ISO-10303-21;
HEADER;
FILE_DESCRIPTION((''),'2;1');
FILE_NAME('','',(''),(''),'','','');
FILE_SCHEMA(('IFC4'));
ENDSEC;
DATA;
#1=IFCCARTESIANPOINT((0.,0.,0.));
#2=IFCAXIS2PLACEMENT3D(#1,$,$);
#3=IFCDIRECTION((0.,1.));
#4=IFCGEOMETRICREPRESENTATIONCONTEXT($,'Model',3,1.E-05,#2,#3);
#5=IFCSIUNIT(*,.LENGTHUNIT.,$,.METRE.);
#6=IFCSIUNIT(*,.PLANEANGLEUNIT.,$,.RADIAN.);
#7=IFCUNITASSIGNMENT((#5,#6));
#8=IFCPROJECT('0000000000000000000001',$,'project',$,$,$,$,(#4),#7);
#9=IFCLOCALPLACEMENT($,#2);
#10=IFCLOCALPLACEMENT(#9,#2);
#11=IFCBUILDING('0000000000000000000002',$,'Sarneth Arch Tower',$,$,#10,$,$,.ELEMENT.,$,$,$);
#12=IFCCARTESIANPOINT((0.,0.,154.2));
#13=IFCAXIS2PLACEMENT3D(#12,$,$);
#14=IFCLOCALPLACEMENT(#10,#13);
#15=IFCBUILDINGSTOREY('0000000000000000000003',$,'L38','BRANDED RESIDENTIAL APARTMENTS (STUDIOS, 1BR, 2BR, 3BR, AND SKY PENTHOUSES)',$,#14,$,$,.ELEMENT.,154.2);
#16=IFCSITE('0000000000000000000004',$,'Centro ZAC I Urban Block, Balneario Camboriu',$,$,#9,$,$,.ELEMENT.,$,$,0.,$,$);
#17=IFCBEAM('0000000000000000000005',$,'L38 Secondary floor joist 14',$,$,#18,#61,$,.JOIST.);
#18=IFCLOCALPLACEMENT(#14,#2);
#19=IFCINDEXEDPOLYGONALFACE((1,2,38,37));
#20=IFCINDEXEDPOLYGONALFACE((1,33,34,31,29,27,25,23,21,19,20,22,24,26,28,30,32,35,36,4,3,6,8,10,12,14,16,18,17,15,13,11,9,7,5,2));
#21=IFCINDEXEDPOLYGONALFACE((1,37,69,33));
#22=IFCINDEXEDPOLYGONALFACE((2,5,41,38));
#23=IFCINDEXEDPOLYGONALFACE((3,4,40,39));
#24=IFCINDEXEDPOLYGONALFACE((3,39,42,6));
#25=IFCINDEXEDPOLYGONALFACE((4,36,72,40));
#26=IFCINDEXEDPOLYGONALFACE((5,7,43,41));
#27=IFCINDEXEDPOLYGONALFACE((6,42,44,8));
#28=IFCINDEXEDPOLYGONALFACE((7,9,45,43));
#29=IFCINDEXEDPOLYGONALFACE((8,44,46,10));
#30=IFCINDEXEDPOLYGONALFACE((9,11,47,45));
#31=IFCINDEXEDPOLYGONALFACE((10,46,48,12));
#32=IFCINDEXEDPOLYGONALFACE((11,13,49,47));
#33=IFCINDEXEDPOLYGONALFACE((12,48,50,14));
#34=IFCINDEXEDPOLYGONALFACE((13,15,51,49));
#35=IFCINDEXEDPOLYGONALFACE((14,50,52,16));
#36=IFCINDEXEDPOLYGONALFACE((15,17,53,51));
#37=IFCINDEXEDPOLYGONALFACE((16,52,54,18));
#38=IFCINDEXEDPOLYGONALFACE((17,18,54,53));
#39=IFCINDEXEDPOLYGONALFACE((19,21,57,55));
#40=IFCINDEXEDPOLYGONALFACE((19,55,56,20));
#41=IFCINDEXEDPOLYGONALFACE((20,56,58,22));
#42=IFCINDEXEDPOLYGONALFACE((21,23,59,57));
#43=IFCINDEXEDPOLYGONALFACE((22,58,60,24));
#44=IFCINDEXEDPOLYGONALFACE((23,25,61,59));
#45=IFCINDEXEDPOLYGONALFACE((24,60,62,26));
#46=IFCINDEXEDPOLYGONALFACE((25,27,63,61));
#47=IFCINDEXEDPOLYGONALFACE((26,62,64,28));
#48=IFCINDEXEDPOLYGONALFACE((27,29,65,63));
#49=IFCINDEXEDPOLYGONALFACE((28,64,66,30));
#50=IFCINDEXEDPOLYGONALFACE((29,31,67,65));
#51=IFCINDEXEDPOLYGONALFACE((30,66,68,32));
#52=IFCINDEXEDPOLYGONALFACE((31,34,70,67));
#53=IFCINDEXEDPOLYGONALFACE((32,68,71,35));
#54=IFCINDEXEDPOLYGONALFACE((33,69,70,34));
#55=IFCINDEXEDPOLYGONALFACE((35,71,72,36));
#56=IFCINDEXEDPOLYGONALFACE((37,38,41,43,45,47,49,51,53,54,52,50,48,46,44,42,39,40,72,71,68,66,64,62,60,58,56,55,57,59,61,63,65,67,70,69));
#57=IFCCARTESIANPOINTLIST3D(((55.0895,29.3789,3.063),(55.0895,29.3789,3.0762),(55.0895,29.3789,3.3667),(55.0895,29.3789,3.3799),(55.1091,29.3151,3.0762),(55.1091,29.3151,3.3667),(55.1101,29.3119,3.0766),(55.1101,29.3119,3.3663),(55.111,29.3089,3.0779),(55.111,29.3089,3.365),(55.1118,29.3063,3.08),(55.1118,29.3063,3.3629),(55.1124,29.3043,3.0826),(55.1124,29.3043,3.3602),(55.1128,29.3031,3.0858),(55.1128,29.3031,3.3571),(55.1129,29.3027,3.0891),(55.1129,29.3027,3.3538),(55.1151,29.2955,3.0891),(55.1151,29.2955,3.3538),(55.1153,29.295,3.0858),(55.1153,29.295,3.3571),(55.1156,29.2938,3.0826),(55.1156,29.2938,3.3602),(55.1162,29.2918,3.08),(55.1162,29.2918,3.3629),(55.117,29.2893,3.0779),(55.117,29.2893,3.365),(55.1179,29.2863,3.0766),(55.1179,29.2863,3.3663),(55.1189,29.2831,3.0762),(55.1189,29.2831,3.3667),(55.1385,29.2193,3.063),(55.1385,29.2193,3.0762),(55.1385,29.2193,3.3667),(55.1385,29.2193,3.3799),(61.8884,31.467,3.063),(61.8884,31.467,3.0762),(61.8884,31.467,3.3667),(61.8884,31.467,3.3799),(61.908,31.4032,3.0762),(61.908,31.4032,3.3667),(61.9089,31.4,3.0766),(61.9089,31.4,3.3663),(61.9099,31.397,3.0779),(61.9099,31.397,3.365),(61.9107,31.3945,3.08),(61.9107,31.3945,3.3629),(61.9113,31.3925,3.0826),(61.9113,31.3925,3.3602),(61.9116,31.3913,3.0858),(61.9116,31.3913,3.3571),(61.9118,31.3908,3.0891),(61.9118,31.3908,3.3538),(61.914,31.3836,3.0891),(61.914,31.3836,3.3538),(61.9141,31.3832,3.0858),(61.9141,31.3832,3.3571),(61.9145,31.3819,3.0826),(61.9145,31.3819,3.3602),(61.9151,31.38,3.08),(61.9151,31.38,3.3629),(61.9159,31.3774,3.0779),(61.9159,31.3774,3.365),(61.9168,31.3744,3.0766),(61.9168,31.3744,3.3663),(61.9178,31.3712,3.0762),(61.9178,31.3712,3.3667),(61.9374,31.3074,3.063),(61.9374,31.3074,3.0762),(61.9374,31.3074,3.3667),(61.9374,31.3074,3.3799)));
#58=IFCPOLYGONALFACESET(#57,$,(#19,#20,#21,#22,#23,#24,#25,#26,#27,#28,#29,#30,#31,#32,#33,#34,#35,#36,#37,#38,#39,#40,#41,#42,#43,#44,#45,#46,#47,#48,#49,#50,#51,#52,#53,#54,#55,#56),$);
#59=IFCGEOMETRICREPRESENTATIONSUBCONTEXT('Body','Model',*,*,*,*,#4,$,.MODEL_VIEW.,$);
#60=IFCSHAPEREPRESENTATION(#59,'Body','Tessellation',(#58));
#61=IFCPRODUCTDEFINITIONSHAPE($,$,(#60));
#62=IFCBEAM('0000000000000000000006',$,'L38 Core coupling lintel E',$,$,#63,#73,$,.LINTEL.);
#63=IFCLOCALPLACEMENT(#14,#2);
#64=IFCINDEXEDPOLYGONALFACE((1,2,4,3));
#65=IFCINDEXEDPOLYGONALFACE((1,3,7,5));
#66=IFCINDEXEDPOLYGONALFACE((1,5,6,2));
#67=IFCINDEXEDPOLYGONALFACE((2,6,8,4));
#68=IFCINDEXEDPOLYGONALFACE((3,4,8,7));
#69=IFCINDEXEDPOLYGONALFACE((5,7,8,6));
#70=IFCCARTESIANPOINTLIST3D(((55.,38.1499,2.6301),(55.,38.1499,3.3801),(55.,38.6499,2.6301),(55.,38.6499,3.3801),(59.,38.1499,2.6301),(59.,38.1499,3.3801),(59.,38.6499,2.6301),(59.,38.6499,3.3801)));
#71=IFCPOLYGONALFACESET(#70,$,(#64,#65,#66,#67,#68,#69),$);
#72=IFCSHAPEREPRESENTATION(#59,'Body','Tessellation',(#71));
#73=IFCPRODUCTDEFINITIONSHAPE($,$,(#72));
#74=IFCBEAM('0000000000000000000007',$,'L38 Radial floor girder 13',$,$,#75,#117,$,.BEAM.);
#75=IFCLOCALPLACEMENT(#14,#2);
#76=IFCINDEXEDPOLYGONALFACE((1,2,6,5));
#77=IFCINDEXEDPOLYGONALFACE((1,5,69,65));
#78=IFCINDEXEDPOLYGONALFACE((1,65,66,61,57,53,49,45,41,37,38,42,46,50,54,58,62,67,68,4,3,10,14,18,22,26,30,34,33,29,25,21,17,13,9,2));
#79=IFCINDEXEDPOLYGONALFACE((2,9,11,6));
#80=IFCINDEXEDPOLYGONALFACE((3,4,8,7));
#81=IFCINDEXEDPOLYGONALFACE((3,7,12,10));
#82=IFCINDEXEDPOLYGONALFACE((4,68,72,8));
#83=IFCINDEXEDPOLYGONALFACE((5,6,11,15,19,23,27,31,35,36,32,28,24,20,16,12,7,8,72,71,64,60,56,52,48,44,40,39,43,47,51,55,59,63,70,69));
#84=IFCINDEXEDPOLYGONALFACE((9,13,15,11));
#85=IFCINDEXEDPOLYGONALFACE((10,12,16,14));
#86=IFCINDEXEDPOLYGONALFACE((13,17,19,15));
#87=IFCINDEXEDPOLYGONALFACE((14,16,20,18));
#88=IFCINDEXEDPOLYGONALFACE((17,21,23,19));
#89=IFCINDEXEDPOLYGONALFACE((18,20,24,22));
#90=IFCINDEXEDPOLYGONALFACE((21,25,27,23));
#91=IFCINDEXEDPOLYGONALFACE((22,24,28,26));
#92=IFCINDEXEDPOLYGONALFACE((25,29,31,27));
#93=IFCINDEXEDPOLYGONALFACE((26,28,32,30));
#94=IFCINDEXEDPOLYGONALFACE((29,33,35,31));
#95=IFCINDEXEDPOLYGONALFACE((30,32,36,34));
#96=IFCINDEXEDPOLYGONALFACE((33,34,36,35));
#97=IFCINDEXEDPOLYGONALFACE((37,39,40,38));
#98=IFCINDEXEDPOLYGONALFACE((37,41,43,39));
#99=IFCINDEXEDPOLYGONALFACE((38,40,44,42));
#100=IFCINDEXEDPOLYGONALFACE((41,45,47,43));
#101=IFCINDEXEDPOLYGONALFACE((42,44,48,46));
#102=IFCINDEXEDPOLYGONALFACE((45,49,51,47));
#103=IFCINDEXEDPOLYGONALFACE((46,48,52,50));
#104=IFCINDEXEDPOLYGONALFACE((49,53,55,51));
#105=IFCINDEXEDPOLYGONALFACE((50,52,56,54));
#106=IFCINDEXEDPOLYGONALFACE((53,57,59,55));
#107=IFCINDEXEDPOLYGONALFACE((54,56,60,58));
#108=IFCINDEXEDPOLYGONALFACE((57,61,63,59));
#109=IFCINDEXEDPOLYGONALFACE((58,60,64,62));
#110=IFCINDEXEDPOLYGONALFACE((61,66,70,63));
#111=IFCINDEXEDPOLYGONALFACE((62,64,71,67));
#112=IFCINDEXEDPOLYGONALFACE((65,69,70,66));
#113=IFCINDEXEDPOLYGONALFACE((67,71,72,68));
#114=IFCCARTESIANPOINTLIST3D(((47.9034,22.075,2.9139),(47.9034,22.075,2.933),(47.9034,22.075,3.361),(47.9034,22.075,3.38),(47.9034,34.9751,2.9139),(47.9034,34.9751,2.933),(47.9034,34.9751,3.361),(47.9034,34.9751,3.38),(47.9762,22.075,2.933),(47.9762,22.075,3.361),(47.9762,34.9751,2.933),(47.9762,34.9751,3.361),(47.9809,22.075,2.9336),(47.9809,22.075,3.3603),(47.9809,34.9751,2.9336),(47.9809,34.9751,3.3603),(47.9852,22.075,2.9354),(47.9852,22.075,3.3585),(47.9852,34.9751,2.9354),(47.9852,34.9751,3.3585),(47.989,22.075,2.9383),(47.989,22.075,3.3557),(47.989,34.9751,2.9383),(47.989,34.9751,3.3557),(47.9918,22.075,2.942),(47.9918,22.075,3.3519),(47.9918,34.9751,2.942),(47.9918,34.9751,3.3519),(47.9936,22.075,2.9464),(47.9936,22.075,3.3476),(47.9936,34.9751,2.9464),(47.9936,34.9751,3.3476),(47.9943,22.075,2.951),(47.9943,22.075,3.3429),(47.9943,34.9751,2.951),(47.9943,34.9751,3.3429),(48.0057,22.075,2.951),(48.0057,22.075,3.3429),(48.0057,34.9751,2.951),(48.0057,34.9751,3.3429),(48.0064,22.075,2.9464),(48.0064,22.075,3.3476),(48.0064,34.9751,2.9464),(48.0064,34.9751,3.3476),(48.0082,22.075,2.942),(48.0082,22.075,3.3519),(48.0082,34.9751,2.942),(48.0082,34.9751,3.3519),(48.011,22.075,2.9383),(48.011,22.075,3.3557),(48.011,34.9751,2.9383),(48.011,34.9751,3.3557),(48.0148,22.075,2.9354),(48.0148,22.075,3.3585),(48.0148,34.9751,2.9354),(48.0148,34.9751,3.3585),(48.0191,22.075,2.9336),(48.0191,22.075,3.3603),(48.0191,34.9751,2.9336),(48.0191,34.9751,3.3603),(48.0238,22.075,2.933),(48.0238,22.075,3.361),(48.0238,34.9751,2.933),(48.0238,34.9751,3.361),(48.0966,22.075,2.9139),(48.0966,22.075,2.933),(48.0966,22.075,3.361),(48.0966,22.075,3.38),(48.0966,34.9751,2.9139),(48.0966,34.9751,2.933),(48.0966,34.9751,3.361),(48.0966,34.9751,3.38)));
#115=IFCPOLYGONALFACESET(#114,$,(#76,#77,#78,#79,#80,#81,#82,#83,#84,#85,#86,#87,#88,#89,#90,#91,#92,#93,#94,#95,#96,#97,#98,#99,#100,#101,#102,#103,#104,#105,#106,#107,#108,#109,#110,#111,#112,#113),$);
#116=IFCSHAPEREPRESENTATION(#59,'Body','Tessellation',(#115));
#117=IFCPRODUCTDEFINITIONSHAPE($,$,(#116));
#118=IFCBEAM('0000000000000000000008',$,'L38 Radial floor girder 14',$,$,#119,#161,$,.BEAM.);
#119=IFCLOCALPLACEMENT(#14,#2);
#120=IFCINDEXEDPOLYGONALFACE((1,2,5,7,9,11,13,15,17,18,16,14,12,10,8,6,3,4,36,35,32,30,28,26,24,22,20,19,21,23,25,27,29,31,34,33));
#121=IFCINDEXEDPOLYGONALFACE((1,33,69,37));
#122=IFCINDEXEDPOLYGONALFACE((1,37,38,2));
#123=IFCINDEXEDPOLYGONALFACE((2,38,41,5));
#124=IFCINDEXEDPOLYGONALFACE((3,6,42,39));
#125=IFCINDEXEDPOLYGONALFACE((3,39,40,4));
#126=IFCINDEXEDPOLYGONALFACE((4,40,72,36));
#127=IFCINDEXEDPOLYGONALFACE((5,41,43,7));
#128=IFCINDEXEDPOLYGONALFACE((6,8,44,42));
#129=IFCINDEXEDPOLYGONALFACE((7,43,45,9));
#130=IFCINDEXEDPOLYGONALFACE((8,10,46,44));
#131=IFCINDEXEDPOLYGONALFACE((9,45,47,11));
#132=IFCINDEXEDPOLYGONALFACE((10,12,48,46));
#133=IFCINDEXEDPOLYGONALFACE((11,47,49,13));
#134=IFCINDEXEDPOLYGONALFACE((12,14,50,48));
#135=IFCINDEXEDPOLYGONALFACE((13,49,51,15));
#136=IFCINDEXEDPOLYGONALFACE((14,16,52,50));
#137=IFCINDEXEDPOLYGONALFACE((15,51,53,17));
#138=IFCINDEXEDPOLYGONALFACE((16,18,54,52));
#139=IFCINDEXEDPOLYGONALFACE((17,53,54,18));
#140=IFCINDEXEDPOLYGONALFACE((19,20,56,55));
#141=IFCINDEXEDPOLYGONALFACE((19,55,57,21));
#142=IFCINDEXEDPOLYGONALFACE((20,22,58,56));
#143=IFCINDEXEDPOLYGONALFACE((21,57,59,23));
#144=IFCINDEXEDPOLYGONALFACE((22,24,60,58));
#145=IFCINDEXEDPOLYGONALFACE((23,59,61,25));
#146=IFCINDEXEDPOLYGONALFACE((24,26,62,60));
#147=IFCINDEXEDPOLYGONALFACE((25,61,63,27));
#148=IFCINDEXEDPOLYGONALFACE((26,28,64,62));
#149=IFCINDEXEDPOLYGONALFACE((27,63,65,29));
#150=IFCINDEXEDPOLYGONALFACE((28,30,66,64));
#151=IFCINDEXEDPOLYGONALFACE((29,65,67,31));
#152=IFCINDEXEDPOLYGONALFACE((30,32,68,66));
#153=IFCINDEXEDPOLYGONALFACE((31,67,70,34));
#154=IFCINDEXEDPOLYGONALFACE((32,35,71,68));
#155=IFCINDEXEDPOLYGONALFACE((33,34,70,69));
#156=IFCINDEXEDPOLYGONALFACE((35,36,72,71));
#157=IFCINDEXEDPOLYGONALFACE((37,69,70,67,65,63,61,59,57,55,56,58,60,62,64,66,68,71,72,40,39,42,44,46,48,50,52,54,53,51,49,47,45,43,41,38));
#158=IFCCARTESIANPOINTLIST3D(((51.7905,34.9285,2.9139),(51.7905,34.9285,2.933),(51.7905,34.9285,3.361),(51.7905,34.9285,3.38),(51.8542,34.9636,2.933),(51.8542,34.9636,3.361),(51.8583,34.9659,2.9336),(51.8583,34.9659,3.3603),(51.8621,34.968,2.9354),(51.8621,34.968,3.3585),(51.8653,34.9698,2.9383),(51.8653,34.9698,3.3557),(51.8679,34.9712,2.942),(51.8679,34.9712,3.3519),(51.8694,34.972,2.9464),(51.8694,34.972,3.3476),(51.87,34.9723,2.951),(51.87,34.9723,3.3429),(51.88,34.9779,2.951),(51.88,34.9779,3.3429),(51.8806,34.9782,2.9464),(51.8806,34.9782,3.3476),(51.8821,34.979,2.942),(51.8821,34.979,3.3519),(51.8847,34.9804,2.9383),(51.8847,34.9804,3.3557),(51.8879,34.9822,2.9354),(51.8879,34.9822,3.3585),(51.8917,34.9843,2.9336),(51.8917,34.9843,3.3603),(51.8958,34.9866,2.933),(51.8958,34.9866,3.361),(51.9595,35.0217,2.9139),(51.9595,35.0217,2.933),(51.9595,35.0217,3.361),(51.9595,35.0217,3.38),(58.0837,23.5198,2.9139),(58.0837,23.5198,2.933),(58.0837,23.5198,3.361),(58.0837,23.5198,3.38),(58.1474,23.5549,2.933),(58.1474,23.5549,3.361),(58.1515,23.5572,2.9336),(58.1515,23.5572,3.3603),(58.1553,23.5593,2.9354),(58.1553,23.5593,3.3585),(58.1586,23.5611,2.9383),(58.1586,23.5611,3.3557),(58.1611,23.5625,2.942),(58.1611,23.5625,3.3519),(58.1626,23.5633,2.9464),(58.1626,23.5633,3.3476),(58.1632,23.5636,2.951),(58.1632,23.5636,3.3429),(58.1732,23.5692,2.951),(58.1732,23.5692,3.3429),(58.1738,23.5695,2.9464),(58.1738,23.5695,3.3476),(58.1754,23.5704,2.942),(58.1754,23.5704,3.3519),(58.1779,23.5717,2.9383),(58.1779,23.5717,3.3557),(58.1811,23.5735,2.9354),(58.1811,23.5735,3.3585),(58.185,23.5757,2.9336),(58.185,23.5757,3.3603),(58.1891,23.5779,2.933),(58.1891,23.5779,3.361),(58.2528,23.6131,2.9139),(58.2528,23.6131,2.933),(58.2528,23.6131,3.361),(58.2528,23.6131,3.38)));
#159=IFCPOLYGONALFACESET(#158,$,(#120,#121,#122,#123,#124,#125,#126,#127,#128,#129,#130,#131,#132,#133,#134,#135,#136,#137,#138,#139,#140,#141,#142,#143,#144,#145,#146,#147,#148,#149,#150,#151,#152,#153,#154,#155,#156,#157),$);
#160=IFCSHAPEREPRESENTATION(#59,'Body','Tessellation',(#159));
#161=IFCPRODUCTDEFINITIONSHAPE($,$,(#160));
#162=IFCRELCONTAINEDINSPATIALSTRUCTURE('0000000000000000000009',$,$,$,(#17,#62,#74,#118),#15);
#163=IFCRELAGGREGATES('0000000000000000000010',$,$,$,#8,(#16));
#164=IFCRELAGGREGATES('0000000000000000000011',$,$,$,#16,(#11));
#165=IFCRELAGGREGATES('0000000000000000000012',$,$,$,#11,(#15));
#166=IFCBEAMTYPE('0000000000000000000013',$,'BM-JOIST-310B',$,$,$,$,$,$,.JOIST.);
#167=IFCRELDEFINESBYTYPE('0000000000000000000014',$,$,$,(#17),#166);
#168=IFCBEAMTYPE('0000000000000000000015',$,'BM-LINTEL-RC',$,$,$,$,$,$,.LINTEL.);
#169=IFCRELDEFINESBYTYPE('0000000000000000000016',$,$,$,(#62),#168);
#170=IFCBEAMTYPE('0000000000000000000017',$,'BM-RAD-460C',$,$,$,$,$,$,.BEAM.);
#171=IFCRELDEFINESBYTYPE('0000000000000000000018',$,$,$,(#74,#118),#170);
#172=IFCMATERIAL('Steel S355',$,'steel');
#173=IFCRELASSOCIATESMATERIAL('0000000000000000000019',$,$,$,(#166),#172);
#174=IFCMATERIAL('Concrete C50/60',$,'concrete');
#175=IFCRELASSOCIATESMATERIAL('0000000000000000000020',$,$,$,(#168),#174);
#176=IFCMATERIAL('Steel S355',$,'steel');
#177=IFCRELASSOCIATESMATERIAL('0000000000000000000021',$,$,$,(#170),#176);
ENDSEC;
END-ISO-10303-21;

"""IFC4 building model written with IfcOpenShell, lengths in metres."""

from ifc_helpers import new_model, si_unit, direction, frame, origin, origin_2d, place, context, subcontext, project, spatial, rectangle, i_section, extrude, material, material_profile, profile_set, type_object, element, save


model = new_model("IFC4")

# Units and contexts
model_context = context("Model", 3, precision=1e-05, world=origin(), true_north=direction((0.0, 1.0)))
body_context = subcontext(model_context, "Body", "Model", "MODEL_VIEW")
ifc_project = project(units=[si_unit("LENGTHUNIT", "METRE"), si_unit("PLANEANGLEUNIT", "RADIAN")], contexts=[model_context])

# Site, building, storey
site_placement = place(None, origin())
site = spatial("IfcSite", under=ifc_project, at=site_placement, Name="Centro ZAC I Urban Block, Balneario Camboriu", CompositionType="ELEMENT", RefElevation=0.0)
building_placement = place(site_placement, origin())
building = spatial("IfcBuilding", under=site, at=building_placement, Name="Sarneth Arch Tower", CompositionType="ELEMENT")
storey_placement = place(building_placement, frame((0.0, 0.0, 154.2)))
storey = spatial("IfcBuildingStorey", under=building, at=storey_placement, Name="L38", Description="BRANDED RESIDENTIAL APARTMENTS (STUDIOS, 1BR, 2BR, 3BR, AND SKY PENTHOUSES)", CompositionType="ELEMENT", Elevation=154.2)

# Beams
ifc_material_1 = material(Name="Steel S355", Category="steel")
ifc_material_profile_1 = material_profile(ifc_material_1, i_section(OverallWidth=0.167, OverallDepth=0.3169, WebThickness=0.0076, FlangeThickness=0.0132, FilletRadius=0.0129, at=origin_2d()), Name="W310x52")
ifc_profile_set_1 = profile_set([ifc_material_profile_1], Name="Steel S355")
beam_type_1 = type_object("IfcBeamType", Name="BM-JOIST-310B", PredefinedType="JOIST", material=ifc_profile_set_1)
beam_1_placement = place(storey_placement, frame((55.114, 29.2991, 3.2214), z_axis=(0.95593, 0.293596, 0.0), x_axis=(-0.293596, 0.95593, 0.0)))
element("IfcBeam", 1, at=beam_1_placement, inside=storey, type_object=beam_type_1, Name="L38 Secondary floor joist 14", PredefinedType="JOIST", context=body_context, shape_type="SweptSolid", body=[
    extrude(i_section(OverallWidth=0.167, OverallDepth=0.3169, WebThickness=0.0076, FlangeThickness=0.0132, FilletRadius=0.0129, at=origin_2d()), origin(), (0.0, 0.0, 1.0), 7.1123),
])
ifc_material_2 = material(Name="Concrete C50/60", Category="concrete")
ifc_material_profile_2 = material_profile(ifc_material_2, rectangle(XDim=0.5, YDim=0.75, at=origin_2d()), Name="RC-500x750")
ifc_profile_set_2 = profile_set([ifc_material_profile_2], Name="Concrete C50/60")
beam_type_2 = type_object("IfcBeamType", Name="BM-LINTEL-RC", PredefinedType="LINTEL", material=ifc_profile_set_2)
beam_2_placement = place(storey_placement, frame((55.0, 38.3999, 3.0051), z_axis=(1.0, 0.0, 0.0), x_axis=(0.0, 1.0, 0.0)))
element("IfcBeam", 2, at=beam_2_placement, inside=storey, type_object=beam_type_2, Name="L38 Core coupling lintel E", PredefinedType="LINTEL", context=body_context, shape_type="SweptSolid", body=[
    extrude(rectangle(XDim=0.5, YDim=0.75, at=origin_2d()), origin(), (0.0, 0.0, 1.0), 4.0),
])
ifc_material_3 = material(Name="Steel S355", Category="steel")
ifc_material_profile_3 = material_profile(ifc_material_3, i_section(OverallWidth=0.1931, OverallDepth=0.4661, WebThickness=0.0115, FlangeThickness=0.019, FilletRadius=0.0181, at=origin_2d()), Name="W460x97")
ifc_profile_set_3 = profile_set([ifc_material_profile_3], Name="Steel S355")
beam_type_3 = type_object("IfcBeamType", Name="BM-RAD-460C", PredefinedType="BEAM", material=ifc_profile_set_3)
beam_3_placement = place(storey_placement, frame((48.0, 34.9751, 3.147), z_axis=(0.0, -1.0, 0.0), x_axis=(1.0, 0.0, 0.0)))
element("IfcBeam", 3, at=beam_3_placement, inside=storey, type_object=beam_type_3, Name="L38 Radial floor girder 13", PredefinedType="BEAM", context=body_context, shape_type="SweptSolid", body=[
    extrude(i_section(OverallWidth=0.1931, OverallDepth=0.4661, WebThickness=0.0115, FlangeThickness=0.019, FilletRadius=0.0181, at=origin_2d()), origin(), (0.0, 0.0, 1.0), 12.9001),
])
beam_4_placement = place(storey_placement, frame((51.875, 34.9751, 3.147), z_axis=(0.483005, -0.875618, 0.0), x_axis=(0.875618, 0.483005, 0.0)))
element("IfcBeam", 4, at=beam_4_placement, inside=storey, type_object=beam_type_3, Name="L38 Radial floor girder 14", PredefinedType="BEAM", context=body_context, shape_type="SweptSolid", body=[
    extrude(i_section(OverallWidth=0.1931, OverallDepth=0.4661, WebThickness=0.0115, FlangeThickness=0.019, FilletRadius=0.0181, at=origin_2d()), origin(), (0.0, 0.0, 1.0), 13.0293),
])

save(model, "model.ifc")
